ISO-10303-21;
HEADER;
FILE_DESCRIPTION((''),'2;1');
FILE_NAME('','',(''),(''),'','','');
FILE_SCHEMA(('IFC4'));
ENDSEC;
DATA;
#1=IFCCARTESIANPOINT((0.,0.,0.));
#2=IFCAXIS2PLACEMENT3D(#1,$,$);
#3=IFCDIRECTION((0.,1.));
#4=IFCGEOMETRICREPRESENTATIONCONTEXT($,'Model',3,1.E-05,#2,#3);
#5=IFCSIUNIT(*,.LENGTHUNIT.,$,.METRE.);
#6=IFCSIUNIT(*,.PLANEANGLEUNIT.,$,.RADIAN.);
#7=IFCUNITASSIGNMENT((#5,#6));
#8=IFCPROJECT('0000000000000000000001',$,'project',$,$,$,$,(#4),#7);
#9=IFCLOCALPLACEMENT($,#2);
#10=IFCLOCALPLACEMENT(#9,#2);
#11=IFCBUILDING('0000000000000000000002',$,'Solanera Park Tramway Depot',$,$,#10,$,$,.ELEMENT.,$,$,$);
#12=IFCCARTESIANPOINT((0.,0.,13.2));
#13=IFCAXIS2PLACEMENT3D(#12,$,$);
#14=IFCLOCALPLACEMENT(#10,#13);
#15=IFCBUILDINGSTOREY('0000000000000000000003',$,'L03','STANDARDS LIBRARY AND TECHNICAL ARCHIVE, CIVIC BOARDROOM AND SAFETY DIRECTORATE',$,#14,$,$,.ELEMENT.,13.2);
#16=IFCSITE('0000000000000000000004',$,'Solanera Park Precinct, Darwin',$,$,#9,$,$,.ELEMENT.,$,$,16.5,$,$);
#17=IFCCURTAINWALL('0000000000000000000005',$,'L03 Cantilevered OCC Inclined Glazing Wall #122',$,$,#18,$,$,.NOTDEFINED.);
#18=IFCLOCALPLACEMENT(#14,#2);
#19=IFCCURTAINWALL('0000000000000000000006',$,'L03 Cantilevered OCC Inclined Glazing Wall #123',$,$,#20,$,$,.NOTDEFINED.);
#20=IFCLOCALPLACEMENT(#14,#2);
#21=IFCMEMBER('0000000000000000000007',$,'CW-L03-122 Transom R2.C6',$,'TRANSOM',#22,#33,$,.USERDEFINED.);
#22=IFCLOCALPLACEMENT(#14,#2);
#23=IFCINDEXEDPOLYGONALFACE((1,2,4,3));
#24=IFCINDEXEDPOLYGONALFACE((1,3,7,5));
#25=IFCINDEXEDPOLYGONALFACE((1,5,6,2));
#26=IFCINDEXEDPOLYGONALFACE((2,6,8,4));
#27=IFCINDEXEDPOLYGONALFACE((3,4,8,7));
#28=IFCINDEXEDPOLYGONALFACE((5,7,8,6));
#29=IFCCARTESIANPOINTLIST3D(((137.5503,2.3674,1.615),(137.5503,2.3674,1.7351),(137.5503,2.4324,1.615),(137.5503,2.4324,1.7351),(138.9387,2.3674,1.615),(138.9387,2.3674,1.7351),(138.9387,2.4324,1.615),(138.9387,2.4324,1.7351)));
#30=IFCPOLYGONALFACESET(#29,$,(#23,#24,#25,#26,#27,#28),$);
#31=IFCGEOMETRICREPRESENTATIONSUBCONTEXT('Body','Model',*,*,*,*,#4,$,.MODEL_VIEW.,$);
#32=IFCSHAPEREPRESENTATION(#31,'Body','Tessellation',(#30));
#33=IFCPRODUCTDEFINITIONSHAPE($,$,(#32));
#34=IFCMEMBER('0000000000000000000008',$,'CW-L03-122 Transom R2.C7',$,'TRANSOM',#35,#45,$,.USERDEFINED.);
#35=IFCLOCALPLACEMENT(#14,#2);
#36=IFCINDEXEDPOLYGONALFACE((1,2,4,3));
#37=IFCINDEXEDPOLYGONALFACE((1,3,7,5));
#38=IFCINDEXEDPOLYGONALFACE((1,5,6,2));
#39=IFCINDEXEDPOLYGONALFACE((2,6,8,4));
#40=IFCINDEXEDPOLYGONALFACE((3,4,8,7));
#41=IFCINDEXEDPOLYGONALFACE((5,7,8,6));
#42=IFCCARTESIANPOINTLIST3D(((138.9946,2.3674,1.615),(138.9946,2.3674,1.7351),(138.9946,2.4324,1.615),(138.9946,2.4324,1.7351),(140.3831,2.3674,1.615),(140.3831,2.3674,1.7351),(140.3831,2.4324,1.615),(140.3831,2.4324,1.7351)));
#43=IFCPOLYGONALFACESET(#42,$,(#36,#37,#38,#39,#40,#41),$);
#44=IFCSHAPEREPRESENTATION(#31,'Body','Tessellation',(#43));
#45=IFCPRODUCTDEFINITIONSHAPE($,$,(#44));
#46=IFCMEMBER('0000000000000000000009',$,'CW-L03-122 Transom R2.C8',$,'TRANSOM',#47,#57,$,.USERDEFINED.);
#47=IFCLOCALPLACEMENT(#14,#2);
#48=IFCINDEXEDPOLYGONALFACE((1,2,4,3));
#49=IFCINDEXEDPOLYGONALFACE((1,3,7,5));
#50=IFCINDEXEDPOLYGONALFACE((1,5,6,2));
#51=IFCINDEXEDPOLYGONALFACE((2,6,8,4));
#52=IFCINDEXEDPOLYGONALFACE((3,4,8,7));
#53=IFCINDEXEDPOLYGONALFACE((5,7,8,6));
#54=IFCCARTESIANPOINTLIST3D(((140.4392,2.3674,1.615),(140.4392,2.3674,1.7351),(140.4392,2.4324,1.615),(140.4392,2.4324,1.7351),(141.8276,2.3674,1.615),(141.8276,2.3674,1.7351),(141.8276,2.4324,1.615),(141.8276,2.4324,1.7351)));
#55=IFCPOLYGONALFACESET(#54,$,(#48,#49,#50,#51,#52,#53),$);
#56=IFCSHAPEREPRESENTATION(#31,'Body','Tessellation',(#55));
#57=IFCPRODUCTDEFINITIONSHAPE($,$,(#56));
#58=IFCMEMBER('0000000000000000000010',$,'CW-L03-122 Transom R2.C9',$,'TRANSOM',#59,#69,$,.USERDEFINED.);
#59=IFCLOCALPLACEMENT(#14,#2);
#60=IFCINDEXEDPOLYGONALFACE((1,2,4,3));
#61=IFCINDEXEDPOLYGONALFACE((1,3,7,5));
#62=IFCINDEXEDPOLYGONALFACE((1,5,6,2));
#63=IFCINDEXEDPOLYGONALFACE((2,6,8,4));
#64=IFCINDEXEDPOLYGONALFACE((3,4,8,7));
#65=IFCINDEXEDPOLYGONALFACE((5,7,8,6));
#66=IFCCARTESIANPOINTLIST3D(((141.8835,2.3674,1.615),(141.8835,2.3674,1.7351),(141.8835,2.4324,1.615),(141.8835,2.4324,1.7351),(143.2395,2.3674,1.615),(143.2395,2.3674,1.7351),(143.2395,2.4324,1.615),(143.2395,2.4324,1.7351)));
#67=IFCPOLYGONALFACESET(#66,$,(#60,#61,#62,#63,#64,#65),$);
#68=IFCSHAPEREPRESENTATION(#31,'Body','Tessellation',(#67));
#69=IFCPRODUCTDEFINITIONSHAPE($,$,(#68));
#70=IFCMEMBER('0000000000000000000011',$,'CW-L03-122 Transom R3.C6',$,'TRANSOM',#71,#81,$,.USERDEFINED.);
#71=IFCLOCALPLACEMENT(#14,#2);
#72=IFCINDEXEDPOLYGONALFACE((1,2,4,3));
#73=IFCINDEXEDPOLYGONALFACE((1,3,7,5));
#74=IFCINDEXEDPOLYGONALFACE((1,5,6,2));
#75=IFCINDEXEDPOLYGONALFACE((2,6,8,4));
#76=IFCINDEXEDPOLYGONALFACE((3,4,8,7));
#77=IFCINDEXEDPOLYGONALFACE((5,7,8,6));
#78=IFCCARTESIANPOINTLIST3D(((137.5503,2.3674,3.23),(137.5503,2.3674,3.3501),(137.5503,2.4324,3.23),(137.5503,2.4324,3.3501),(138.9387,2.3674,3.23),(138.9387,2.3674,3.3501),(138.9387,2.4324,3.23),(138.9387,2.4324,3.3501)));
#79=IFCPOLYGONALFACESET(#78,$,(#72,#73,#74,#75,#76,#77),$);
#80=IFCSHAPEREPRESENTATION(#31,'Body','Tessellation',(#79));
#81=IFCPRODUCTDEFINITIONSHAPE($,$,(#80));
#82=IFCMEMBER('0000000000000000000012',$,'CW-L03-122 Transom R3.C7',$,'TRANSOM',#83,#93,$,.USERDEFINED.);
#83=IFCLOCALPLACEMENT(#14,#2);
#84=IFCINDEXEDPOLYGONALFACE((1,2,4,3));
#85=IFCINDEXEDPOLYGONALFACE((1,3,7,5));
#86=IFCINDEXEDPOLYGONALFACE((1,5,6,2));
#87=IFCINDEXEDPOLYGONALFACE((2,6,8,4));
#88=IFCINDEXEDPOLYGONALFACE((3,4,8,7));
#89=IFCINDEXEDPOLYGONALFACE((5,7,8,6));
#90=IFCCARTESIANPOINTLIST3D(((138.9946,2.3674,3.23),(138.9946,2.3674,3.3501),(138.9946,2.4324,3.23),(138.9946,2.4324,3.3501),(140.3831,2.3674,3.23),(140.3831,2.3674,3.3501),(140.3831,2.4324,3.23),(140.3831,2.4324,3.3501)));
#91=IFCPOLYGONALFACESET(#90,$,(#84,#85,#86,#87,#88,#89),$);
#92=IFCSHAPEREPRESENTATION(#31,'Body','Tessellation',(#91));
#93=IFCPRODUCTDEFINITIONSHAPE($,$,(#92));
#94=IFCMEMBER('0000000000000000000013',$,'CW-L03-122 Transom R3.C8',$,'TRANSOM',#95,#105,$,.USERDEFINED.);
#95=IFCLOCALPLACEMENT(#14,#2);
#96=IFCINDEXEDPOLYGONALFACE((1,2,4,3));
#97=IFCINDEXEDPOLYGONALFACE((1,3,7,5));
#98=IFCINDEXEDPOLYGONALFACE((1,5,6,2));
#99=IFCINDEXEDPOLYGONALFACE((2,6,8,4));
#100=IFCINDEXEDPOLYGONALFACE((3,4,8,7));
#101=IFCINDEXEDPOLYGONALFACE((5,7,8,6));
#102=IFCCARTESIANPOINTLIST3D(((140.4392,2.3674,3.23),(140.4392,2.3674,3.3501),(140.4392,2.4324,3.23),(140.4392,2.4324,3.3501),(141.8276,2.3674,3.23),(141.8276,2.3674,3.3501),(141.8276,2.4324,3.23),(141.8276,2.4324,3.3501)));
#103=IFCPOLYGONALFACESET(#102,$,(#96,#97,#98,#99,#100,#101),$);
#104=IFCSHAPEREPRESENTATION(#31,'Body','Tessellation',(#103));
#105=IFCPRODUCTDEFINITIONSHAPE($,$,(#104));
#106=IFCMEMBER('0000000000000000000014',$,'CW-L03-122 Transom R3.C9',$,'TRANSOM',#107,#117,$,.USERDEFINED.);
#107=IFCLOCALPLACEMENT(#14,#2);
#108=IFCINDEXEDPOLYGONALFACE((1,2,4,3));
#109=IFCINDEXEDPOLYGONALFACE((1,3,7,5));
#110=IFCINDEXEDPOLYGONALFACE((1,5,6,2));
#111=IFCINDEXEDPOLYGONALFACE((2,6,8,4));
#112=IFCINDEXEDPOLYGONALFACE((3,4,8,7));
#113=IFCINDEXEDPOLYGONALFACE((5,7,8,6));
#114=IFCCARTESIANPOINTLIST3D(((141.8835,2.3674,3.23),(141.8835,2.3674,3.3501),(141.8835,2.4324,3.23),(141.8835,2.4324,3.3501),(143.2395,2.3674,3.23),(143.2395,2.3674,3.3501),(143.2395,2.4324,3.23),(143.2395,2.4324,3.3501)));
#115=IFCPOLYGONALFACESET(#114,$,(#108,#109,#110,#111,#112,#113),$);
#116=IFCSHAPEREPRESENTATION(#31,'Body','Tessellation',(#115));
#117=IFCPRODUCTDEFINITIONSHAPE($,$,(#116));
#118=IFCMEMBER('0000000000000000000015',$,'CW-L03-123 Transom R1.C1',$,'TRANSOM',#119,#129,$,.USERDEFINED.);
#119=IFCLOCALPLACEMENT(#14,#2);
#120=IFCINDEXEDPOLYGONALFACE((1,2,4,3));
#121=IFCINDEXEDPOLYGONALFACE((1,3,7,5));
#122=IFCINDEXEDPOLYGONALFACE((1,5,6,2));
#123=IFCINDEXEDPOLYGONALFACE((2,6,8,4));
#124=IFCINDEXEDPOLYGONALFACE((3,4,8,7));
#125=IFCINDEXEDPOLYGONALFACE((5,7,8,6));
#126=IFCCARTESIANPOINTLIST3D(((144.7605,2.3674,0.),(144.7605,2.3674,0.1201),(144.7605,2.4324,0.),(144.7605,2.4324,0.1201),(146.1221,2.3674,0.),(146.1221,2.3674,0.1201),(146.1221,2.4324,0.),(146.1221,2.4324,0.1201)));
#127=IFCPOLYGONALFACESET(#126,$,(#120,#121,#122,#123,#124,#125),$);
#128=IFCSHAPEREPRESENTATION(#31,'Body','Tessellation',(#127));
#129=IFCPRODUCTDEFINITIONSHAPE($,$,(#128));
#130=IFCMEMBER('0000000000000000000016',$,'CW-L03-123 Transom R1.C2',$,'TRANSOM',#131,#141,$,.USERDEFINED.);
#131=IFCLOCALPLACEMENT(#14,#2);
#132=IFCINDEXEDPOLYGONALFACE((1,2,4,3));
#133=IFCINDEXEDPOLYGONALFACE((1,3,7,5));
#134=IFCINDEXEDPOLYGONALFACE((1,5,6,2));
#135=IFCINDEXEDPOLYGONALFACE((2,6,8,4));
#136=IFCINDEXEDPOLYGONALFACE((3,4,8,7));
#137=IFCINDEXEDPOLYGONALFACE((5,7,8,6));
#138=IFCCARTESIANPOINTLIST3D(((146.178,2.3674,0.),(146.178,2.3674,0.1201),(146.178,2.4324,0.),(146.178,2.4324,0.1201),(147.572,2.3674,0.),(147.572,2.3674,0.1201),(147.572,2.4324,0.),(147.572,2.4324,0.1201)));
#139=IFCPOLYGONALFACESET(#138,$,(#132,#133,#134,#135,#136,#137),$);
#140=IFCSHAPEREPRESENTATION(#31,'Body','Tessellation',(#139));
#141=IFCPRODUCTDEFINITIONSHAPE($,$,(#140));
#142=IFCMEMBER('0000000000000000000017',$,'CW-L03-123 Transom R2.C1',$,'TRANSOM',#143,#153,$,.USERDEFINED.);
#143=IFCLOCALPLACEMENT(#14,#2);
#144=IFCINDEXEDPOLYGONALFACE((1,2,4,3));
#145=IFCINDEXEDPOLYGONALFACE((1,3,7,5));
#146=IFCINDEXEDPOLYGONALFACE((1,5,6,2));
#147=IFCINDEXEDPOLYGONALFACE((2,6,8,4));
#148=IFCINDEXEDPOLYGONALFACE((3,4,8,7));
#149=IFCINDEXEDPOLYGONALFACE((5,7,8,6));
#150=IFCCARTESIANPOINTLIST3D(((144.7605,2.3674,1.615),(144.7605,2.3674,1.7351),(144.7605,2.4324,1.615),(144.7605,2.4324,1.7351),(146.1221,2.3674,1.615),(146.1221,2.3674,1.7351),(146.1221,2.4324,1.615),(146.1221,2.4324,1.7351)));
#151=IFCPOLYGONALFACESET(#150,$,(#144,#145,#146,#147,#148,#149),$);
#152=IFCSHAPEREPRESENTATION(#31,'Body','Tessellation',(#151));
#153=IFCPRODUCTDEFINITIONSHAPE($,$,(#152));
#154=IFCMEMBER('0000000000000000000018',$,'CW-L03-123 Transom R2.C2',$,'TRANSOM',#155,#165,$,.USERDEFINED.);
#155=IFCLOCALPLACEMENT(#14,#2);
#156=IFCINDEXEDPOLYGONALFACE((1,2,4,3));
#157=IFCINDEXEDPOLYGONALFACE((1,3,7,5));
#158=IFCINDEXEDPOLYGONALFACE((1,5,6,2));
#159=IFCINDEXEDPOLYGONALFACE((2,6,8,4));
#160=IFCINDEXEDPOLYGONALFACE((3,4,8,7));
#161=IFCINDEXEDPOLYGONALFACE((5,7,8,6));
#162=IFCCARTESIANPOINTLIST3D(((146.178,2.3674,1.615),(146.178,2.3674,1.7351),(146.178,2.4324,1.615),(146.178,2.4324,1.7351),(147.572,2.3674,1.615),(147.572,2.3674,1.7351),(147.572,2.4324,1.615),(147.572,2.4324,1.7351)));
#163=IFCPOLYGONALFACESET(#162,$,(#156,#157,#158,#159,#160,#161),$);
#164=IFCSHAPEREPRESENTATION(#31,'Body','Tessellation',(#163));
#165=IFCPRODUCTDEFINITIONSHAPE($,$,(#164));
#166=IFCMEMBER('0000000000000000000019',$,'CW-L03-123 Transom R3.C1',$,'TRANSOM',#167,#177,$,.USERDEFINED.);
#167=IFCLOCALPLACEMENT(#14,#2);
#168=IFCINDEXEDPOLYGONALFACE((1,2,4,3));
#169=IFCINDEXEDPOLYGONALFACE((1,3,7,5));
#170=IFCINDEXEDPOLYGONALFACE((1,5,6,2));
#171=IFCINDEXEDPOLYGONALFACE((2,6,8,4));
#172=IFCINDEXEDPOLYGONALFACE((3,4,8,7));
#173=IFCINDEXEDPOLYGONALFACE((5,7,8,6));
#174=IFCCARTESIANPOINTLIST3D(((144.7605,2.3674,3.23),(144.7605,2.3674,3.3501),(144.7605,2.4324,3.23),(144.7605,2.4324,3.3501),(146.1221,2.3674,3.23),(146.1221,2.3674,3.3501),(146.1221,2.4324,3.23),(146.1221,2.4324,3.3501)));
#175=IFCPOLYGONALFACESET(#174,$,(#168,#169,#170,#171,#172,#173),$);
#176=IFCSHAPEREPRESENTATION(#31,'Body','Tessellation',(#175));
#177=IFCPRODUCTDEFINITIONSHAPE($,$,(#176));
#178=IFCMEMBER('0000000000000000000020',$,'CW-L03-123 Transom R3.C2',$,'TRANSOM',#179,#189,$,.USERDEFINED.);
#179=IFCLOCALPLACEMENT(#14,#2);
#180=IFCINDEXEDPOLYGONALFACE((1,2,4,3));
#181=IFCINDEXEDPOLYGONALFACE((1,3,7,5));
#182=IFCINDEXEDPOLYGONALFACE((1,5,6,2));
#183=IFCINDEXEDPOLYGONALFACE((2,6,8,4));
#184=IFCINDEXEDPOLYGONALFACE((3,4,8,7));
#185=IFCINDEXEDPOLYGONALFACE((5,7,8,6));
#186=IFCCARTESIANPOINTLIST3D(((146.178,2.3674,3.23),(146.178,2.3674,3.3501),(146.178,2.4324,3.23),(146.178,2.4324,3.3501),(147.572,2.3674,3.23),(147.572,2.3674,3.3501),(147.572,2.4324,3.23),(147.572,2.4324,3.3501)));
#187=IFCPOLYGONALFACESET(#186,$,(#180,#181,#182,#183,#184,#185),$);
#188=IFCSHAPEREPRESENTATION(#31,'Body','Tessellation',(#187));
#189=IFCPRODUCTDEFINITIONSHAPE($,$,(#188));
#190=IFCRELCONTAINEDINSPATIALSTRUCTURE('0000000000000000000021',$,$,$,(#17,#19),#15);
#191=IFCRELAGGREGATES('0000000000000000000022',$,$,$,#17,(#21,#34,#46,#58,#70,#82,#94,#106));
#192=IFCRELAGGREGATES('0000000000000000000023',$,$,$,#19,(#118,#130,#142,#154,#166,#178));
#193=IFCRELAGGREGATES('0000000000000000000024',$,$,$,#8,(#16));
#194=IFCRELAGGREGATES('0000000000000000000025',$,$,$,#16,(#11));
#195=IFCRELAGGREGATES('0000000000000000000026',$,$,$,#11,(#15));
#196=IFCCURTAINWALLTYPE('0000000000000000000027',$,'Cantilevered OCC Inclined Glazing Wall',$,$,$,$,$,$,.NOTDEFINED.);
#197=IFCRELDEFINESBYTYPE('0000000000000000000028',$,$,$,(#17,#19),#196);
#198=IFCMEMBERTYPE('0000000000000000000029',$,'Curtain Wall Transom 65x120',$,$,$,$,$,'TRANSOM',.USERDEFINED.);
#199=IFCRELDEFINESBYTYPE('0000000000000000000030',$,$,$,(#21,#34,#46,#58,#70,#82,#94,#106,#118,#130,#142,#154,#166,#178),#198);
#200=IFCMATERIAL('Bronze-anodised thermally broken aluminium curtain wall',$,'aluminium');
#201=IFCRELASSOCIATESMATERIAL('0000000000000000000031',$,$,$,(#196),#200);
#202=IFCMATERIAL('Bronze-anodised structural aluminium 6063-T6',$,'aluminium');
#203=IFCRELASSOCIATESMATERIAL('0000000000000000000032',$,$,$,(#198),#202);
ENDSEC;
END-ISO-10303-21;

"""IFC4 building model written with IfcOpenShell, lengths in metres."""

from ifc_helpers import new_model, si_unit, direction, frame, origin, origin_2d, place, context, subcontext, project, spatial, rectangle, extrude, material, material_profile, profile_set, type_object, element, aggregate, save


model = new_model("IFC4")

# Units and contexts
model_context = context("Model", 3, precision=1e-05, world=origin(), true_north=direction((0.0, 1.0)))
body_context = subcontext(model_context, "Body", "Model", "MODEL_VIEW")
ifc_project = project(units=[si_unit("LENGTHUNIT", "METRE"), si_unit("PLANEANGLEUNIT", "RADIAN")], contexts=[model_context])

# Site, building, storey
site_placement = place(None, origin())
site = spatial("IfcSite", under=ifc_project, at=site_placement, Name="Solanera Park Precinct, Darwin", CompositionType="ELEMENT", RefElevation=16.5)
building_placement = place(site_placement, origin())
building = spatial("IfcBuilding", under=site, at=building_placement, Name="Solanera Park Tramway Depot", CompositionType="ELEMENT")
storey_placement = place(building_placement, frame((0.0, 0.0, 13.2)))
storey = spatial("IfcBuildingStorey", under=building, at=storey_placement, Name="L03", Description="STANDARDS LIBRARY AND TECHNICAL ARCHIVE, CIVIC BOARDROOM AND SAFETY DIRECTORATE", CompositionType="ELEMENT", Elevation=13.2)

# Curtain walls
ifc_material_1 = material(Name="Bronze-anodised thermally broken aluminium curtain wall", Category="aluminium")
curtain_wall_type = type_object("IfcCurtainWallType", Name="Cantilevered OCC Inclined Glazing Wall", PredefinedType="NOTDEFINED", material=ifc_material_1)
curtain_wall_1_placement = place(storey_placement, origin())
curtain_wall_1 = element("IfcCurtainWall", 1, at=curtain_wall_1_placement, inside=storey, type_object=curtain_wall_type, Name="L03 Cantilevered OCC Inclined Glazing Wall #122", PredefinedType="NOTDEFINED")
curtain_wall_2_placement = place(storey_placement, origin())
curtain_wall_2 = element("IfcCurtainWall", 2, at=curtain_wall_2_placement, inside=storey, type_object=curtain_wall_type, Name="L03 Cantilevered OCC Inclined Glazing Wall #123", PredefinedType="NOTDEFINED")

# Members
ifc_material_2 = material(Name="Bronze-anodised structural aluminium 6063-T6", Category="aluminium")
ifc_material_profile_1 = material_profile(ifc_material_2, rectangle(XDim=0.0649, YDim=0.1201, at=origin_2d()), Name="Curtain Wall Transom 65x120")
ifc_profile_set_1 = profile_set([ifc_material_profile_1], Name="Bronze-anodised structural aluminium 6063-T6")
member_type_1 = type_object("IfcMemberType", Name="Curtain Wall Transom 65x120", ElementType="TRANSOM", PredefinedType="USERDEFINED", material=ifc_profile_set_1)
member_1_placement = place(storey_placement, frame((137.5503, 2.3999, 1.675), z_axis=(1.0, 0.0, 0.0), x_axis=(0.0, 1.0, 0.0)))
member_1 = element("IfcMember", 3, at=member_1_placement, type_object=member_type_1, Name="CW-L03-122 Transom R2.C6", ObjectType="TRANSOM", PredefinedType="USERDEFINED", context=body_context, shape_type="SweptSolid", body=[
    extrude(rectangle(XDim=0.0649, YDim=0.1201, at=origin_2d()), origin(), (0.0, 0.0, 1.0), 1.3884),
])
member_2_placement = place(storey_placement, frame((138.9946, 2.3999, 1.675), z_axis=(1.0, 0.0, 0.0), x_axis=(0.0, 1.0, 0.0)))
member_2 = element("IfcMember", 4, at=member_2_placement, type_object=member_type_1, Name="CW-L03-122 Transom R2.C7", ObjectType="TRANSOM", PredefinedType="USERDEFINED", context=body_context, shape_type="SweptSolid", body=[
    extrude(rectangle(XDim=0.0649, YDim=0.1201, at=origin_2d()), origin(), (0.0, 0.0, 1.0), 1.3884),
])
member_3_placement = place(storey_placement, frame((140.4392, 2.3999, 1.675), z_axis=(1.0, 0.0, 0.0), x_axis=(0.0, 1.0, 0.0)))
member_3 = element("IfcMember", 5, at=member_3_placement, type_object=member_type_1, Name="CW-L03-122 Transom R2.C8", ObjectType="TRANSOM", PredefinedType="USERDEFINED", context=body_context, shape_type="SweptSolid", body=[
    extrude(rectangle(XDim=0.0649, YDim=0.1201, at=origin_2d()), origin(), (0.0, 0.0, 1.0), 1.3884),
])
member_4_placement = place(storey_placement, frame((141.8835, 2.3999, 1.675), z_axis=(1.0, 0.0, 0.0), x_axis=(0.0, 1.0, 0.0)))
member_4 = element("IfcMember", 6, at=member_4_placement, type_object=member_type_1, Name="CW-L03-122 Transom R2.C9", ObjectType="TRANSOM", PredefinedType="USERDEFINED", context=body_context, shape_type="SweptSolid", body=[
    extrude(rectangle(XDim=0.0649, YDim=0.1201, at=origin_2d()), origin(), (0.0, 0.0, 1.0), 1.356),
])
member_5_placement = place(storey_placement, frame((137.5503, 2.3999, 3.29), z_axis=(1.0, 0.0, 0.0), x_axis=(0.0, 1.0, 0.0)))
member_5 = element("IfcMember", 7, at=member_5_placement, type_object=member_type_1, Name="CW-L03-122 Transom R3.C6", ObjectType="TRANSOM", PredefinedType="USERDEFINED", context=body_context, shape_type="SweptSolid", body=[
    extrude(rectangle(XDim=0.0649, YDim=0.1201, at=origin_2d()), origin(), (0.0, 0.0, 1.0), 1.3884),
])
member_6_placement = place(storey_placement, frame((138.9946, 2.3999, 3.29), z_axis=(1.0, 0.0, 0.0), x_axis=(0.0, 1.0, 0.0)))
member_6 = element("IfcMember", 8, at=member_6_placement, type_object=member_type_1, Name="CW-L03-122 Transom R3.C7", ObjectType="TRANSOM", PredefinedType="USERDEFINED", context=body_context, shape_type="SweptSolid", body=[
    extrude(rectangle(XDim=0.0649, YDim=0.1201, at=origin_2d()), origin(), (0.0, 0.0, 1.0), 1.3884),
])
member_7_placement = place(storey_placement, frame((140.4392, 2.3999, 3.29), z_axis=(1.0, 0.0, 0.0), x_axis=(0.0, 1.0, 0.0)))
member_7 = element("IfcMember", 9, at=member_7_placement, type_object=member_type_1, Name="CW-L03-122 Transom R3.C8", ObjectType="TRANSOM", PredefinedType="USERDEFINED", context=body_context, shape_type="SweptSolid", body=[
    extrude(rectangle(XDim=0.0649, YDim=0.1201, at=origin_2d()), origin(), (0.0, 0.0, 1.0), 1.3884),
])
member_8_placement = place(storey_placement, frame((141.8835, 2.3999, 3.29), z_axis=(1.0, 0.0, 0.0), x_axis=(0.0, 1.0, 0.0)))
member_8 = element("IfcMember", 10, at=member_8_placement, type_object=member_type_1, Name="CW-L03-122 Transom R3.C9", ObjectType="TRANSOM", PredefinedType="USERDEFINED", context=body_context, shape_type="SweptSolid", body=[
    extrude(rectangle(XDim=0.0649, YDim=0.1201, at=origin_2d()), origin(), (0.0, 0.0, 1.0), 1.356),
])
member_9_placement = place(storey_placement, frame((144.7605, 2.3999, 0.0601), z_axis=(1.0, 0.0, 0.0), x_axis=(0.0, 1.0, 0.0)))
member_9 = element("IfcMember", 11, at=member_9_placement, type_object=member_type_1, Name="CW-L03-123 Transom R1.C1", ObjectType="TRANSOM", PredefinedType="USERDEFINED", context=body_context, shape_type="SweptSolid", body=[
    extrude(rectangle(XDim=0.0649, YDim=0.1201, at=origin_2d()), origin(), (0.0, 0.0, 1.0), 1.3616),
])
member_10_placement = place(storey_placement, frame((146.178, 2.3999, 0.0601), z_axis=(1.0, 0.0, 0.0), x_axis=(0.0, 1.0, 0.0)))
member_10 = element("IfcMember", 12, at=member_10_placement, type_object=member_type_1, Name="CW-L03-123 Transom R1.C2", ObjectType="TRANSOM", PredefinedType="USERDEFINED", context=body_context, shape_type="SweptSolid", body=[
    extrude(rectangle(XDim=0.0649, YDim=0.1201, at=origin_2d()), origin(), (0.0, 0.0, 1.0), 1.394),
])
member_11_placement = place(storey_placement, frame((144.7605, 2.3999, 1.675), z_axis=(1.0, 0.0, 0.0), x_axis=(0.0, 1.0, 0.0)))
member_11 = element("IfcMember", 13, at=member_11_placement, type_object=member_type_1, Name="CW-L03-123 Transom R2.C1", ObjectType="TRANSOM", PredefinedType="USERDEFINED", context=body_context, shape_type="SweptSolid", body=[
    extrude(rectangle(XDim=0.0649, YDim=0.1201, at=origin_2d()), origin(), (0.0, 0.0, 1.0), 1.3616),
])
member_12_placement = place(storey_placement, frame((146.178, 2.3999, 1.675), z_axis=(1.0, 0.0, 0.0), x_axis=(0.0, 1.0, 0.0)))
member_12 = element("IfcMember", 14, at=member_12_placement, type_object=member_type_1, Name="CW-L03-123 Transom R2.C2", ObjectType="TRANSOM", PredefinedType="USERDEFINED", context=body_context, shape_type="SweptSolid", body=[
    extrude(rectangle(XDim=0.0649, YDim=0.1201, at=origin_2d()), origin(), (0.0, 0.0, 1.0), 1.394),
])
member_13_placement = place(storey_placement, frame((144.7605, 2.3999, 3.29), z_axis=(1.0, 0.0, 0.0), x_axis=(0.0, 1.0, 0.0)))
member_13 = element("IfcMember", 15, at=member_13_placement, type_object=member_type_1, Name="CW-L03-123 Transom R3.C1", ObjectType="TRANSOM", PredefinedType="USERDEFINED", context=body_context, shape_type="SweptSolid", body=[
    extrude(rectangle(XDim=0.0649, YDim=0.1201, at=origin_2d()), origin(), (0.0, 0.0, 1.0), 1.3616),
])
member_14_placement = place(storey_placement, frame((146.178, 2.3999, 3.29), z_axis=(1.0, 0.0, 0.0), x_axis=(0.0, 1.0, 0.0)))
member_14 = element("IfcMember", 16, at=member_14_placement, type_object=member_type_1, Name="CW-L03-123 Transom R3.C2", ObjectType="TRANSOM", PredefinedType="USERDEFINED", context=body_context, shape_type="SweptSolid", body=[
    extrude(rectangle(XDim=0.0649, YDim=0.1201, at=origin_2d()), origin(), (0.0, 0.0, 1.0), 1.394),
])

aggregate(curtain_wall_1, [member_1, member_2, member_3, member_4, member_5, member_6, member_7, member_8])
aggregate(curtain_wall_2, [member_9, member_10, member_11, member_12, member_13, member_14])

save(model, "model.ifc")
